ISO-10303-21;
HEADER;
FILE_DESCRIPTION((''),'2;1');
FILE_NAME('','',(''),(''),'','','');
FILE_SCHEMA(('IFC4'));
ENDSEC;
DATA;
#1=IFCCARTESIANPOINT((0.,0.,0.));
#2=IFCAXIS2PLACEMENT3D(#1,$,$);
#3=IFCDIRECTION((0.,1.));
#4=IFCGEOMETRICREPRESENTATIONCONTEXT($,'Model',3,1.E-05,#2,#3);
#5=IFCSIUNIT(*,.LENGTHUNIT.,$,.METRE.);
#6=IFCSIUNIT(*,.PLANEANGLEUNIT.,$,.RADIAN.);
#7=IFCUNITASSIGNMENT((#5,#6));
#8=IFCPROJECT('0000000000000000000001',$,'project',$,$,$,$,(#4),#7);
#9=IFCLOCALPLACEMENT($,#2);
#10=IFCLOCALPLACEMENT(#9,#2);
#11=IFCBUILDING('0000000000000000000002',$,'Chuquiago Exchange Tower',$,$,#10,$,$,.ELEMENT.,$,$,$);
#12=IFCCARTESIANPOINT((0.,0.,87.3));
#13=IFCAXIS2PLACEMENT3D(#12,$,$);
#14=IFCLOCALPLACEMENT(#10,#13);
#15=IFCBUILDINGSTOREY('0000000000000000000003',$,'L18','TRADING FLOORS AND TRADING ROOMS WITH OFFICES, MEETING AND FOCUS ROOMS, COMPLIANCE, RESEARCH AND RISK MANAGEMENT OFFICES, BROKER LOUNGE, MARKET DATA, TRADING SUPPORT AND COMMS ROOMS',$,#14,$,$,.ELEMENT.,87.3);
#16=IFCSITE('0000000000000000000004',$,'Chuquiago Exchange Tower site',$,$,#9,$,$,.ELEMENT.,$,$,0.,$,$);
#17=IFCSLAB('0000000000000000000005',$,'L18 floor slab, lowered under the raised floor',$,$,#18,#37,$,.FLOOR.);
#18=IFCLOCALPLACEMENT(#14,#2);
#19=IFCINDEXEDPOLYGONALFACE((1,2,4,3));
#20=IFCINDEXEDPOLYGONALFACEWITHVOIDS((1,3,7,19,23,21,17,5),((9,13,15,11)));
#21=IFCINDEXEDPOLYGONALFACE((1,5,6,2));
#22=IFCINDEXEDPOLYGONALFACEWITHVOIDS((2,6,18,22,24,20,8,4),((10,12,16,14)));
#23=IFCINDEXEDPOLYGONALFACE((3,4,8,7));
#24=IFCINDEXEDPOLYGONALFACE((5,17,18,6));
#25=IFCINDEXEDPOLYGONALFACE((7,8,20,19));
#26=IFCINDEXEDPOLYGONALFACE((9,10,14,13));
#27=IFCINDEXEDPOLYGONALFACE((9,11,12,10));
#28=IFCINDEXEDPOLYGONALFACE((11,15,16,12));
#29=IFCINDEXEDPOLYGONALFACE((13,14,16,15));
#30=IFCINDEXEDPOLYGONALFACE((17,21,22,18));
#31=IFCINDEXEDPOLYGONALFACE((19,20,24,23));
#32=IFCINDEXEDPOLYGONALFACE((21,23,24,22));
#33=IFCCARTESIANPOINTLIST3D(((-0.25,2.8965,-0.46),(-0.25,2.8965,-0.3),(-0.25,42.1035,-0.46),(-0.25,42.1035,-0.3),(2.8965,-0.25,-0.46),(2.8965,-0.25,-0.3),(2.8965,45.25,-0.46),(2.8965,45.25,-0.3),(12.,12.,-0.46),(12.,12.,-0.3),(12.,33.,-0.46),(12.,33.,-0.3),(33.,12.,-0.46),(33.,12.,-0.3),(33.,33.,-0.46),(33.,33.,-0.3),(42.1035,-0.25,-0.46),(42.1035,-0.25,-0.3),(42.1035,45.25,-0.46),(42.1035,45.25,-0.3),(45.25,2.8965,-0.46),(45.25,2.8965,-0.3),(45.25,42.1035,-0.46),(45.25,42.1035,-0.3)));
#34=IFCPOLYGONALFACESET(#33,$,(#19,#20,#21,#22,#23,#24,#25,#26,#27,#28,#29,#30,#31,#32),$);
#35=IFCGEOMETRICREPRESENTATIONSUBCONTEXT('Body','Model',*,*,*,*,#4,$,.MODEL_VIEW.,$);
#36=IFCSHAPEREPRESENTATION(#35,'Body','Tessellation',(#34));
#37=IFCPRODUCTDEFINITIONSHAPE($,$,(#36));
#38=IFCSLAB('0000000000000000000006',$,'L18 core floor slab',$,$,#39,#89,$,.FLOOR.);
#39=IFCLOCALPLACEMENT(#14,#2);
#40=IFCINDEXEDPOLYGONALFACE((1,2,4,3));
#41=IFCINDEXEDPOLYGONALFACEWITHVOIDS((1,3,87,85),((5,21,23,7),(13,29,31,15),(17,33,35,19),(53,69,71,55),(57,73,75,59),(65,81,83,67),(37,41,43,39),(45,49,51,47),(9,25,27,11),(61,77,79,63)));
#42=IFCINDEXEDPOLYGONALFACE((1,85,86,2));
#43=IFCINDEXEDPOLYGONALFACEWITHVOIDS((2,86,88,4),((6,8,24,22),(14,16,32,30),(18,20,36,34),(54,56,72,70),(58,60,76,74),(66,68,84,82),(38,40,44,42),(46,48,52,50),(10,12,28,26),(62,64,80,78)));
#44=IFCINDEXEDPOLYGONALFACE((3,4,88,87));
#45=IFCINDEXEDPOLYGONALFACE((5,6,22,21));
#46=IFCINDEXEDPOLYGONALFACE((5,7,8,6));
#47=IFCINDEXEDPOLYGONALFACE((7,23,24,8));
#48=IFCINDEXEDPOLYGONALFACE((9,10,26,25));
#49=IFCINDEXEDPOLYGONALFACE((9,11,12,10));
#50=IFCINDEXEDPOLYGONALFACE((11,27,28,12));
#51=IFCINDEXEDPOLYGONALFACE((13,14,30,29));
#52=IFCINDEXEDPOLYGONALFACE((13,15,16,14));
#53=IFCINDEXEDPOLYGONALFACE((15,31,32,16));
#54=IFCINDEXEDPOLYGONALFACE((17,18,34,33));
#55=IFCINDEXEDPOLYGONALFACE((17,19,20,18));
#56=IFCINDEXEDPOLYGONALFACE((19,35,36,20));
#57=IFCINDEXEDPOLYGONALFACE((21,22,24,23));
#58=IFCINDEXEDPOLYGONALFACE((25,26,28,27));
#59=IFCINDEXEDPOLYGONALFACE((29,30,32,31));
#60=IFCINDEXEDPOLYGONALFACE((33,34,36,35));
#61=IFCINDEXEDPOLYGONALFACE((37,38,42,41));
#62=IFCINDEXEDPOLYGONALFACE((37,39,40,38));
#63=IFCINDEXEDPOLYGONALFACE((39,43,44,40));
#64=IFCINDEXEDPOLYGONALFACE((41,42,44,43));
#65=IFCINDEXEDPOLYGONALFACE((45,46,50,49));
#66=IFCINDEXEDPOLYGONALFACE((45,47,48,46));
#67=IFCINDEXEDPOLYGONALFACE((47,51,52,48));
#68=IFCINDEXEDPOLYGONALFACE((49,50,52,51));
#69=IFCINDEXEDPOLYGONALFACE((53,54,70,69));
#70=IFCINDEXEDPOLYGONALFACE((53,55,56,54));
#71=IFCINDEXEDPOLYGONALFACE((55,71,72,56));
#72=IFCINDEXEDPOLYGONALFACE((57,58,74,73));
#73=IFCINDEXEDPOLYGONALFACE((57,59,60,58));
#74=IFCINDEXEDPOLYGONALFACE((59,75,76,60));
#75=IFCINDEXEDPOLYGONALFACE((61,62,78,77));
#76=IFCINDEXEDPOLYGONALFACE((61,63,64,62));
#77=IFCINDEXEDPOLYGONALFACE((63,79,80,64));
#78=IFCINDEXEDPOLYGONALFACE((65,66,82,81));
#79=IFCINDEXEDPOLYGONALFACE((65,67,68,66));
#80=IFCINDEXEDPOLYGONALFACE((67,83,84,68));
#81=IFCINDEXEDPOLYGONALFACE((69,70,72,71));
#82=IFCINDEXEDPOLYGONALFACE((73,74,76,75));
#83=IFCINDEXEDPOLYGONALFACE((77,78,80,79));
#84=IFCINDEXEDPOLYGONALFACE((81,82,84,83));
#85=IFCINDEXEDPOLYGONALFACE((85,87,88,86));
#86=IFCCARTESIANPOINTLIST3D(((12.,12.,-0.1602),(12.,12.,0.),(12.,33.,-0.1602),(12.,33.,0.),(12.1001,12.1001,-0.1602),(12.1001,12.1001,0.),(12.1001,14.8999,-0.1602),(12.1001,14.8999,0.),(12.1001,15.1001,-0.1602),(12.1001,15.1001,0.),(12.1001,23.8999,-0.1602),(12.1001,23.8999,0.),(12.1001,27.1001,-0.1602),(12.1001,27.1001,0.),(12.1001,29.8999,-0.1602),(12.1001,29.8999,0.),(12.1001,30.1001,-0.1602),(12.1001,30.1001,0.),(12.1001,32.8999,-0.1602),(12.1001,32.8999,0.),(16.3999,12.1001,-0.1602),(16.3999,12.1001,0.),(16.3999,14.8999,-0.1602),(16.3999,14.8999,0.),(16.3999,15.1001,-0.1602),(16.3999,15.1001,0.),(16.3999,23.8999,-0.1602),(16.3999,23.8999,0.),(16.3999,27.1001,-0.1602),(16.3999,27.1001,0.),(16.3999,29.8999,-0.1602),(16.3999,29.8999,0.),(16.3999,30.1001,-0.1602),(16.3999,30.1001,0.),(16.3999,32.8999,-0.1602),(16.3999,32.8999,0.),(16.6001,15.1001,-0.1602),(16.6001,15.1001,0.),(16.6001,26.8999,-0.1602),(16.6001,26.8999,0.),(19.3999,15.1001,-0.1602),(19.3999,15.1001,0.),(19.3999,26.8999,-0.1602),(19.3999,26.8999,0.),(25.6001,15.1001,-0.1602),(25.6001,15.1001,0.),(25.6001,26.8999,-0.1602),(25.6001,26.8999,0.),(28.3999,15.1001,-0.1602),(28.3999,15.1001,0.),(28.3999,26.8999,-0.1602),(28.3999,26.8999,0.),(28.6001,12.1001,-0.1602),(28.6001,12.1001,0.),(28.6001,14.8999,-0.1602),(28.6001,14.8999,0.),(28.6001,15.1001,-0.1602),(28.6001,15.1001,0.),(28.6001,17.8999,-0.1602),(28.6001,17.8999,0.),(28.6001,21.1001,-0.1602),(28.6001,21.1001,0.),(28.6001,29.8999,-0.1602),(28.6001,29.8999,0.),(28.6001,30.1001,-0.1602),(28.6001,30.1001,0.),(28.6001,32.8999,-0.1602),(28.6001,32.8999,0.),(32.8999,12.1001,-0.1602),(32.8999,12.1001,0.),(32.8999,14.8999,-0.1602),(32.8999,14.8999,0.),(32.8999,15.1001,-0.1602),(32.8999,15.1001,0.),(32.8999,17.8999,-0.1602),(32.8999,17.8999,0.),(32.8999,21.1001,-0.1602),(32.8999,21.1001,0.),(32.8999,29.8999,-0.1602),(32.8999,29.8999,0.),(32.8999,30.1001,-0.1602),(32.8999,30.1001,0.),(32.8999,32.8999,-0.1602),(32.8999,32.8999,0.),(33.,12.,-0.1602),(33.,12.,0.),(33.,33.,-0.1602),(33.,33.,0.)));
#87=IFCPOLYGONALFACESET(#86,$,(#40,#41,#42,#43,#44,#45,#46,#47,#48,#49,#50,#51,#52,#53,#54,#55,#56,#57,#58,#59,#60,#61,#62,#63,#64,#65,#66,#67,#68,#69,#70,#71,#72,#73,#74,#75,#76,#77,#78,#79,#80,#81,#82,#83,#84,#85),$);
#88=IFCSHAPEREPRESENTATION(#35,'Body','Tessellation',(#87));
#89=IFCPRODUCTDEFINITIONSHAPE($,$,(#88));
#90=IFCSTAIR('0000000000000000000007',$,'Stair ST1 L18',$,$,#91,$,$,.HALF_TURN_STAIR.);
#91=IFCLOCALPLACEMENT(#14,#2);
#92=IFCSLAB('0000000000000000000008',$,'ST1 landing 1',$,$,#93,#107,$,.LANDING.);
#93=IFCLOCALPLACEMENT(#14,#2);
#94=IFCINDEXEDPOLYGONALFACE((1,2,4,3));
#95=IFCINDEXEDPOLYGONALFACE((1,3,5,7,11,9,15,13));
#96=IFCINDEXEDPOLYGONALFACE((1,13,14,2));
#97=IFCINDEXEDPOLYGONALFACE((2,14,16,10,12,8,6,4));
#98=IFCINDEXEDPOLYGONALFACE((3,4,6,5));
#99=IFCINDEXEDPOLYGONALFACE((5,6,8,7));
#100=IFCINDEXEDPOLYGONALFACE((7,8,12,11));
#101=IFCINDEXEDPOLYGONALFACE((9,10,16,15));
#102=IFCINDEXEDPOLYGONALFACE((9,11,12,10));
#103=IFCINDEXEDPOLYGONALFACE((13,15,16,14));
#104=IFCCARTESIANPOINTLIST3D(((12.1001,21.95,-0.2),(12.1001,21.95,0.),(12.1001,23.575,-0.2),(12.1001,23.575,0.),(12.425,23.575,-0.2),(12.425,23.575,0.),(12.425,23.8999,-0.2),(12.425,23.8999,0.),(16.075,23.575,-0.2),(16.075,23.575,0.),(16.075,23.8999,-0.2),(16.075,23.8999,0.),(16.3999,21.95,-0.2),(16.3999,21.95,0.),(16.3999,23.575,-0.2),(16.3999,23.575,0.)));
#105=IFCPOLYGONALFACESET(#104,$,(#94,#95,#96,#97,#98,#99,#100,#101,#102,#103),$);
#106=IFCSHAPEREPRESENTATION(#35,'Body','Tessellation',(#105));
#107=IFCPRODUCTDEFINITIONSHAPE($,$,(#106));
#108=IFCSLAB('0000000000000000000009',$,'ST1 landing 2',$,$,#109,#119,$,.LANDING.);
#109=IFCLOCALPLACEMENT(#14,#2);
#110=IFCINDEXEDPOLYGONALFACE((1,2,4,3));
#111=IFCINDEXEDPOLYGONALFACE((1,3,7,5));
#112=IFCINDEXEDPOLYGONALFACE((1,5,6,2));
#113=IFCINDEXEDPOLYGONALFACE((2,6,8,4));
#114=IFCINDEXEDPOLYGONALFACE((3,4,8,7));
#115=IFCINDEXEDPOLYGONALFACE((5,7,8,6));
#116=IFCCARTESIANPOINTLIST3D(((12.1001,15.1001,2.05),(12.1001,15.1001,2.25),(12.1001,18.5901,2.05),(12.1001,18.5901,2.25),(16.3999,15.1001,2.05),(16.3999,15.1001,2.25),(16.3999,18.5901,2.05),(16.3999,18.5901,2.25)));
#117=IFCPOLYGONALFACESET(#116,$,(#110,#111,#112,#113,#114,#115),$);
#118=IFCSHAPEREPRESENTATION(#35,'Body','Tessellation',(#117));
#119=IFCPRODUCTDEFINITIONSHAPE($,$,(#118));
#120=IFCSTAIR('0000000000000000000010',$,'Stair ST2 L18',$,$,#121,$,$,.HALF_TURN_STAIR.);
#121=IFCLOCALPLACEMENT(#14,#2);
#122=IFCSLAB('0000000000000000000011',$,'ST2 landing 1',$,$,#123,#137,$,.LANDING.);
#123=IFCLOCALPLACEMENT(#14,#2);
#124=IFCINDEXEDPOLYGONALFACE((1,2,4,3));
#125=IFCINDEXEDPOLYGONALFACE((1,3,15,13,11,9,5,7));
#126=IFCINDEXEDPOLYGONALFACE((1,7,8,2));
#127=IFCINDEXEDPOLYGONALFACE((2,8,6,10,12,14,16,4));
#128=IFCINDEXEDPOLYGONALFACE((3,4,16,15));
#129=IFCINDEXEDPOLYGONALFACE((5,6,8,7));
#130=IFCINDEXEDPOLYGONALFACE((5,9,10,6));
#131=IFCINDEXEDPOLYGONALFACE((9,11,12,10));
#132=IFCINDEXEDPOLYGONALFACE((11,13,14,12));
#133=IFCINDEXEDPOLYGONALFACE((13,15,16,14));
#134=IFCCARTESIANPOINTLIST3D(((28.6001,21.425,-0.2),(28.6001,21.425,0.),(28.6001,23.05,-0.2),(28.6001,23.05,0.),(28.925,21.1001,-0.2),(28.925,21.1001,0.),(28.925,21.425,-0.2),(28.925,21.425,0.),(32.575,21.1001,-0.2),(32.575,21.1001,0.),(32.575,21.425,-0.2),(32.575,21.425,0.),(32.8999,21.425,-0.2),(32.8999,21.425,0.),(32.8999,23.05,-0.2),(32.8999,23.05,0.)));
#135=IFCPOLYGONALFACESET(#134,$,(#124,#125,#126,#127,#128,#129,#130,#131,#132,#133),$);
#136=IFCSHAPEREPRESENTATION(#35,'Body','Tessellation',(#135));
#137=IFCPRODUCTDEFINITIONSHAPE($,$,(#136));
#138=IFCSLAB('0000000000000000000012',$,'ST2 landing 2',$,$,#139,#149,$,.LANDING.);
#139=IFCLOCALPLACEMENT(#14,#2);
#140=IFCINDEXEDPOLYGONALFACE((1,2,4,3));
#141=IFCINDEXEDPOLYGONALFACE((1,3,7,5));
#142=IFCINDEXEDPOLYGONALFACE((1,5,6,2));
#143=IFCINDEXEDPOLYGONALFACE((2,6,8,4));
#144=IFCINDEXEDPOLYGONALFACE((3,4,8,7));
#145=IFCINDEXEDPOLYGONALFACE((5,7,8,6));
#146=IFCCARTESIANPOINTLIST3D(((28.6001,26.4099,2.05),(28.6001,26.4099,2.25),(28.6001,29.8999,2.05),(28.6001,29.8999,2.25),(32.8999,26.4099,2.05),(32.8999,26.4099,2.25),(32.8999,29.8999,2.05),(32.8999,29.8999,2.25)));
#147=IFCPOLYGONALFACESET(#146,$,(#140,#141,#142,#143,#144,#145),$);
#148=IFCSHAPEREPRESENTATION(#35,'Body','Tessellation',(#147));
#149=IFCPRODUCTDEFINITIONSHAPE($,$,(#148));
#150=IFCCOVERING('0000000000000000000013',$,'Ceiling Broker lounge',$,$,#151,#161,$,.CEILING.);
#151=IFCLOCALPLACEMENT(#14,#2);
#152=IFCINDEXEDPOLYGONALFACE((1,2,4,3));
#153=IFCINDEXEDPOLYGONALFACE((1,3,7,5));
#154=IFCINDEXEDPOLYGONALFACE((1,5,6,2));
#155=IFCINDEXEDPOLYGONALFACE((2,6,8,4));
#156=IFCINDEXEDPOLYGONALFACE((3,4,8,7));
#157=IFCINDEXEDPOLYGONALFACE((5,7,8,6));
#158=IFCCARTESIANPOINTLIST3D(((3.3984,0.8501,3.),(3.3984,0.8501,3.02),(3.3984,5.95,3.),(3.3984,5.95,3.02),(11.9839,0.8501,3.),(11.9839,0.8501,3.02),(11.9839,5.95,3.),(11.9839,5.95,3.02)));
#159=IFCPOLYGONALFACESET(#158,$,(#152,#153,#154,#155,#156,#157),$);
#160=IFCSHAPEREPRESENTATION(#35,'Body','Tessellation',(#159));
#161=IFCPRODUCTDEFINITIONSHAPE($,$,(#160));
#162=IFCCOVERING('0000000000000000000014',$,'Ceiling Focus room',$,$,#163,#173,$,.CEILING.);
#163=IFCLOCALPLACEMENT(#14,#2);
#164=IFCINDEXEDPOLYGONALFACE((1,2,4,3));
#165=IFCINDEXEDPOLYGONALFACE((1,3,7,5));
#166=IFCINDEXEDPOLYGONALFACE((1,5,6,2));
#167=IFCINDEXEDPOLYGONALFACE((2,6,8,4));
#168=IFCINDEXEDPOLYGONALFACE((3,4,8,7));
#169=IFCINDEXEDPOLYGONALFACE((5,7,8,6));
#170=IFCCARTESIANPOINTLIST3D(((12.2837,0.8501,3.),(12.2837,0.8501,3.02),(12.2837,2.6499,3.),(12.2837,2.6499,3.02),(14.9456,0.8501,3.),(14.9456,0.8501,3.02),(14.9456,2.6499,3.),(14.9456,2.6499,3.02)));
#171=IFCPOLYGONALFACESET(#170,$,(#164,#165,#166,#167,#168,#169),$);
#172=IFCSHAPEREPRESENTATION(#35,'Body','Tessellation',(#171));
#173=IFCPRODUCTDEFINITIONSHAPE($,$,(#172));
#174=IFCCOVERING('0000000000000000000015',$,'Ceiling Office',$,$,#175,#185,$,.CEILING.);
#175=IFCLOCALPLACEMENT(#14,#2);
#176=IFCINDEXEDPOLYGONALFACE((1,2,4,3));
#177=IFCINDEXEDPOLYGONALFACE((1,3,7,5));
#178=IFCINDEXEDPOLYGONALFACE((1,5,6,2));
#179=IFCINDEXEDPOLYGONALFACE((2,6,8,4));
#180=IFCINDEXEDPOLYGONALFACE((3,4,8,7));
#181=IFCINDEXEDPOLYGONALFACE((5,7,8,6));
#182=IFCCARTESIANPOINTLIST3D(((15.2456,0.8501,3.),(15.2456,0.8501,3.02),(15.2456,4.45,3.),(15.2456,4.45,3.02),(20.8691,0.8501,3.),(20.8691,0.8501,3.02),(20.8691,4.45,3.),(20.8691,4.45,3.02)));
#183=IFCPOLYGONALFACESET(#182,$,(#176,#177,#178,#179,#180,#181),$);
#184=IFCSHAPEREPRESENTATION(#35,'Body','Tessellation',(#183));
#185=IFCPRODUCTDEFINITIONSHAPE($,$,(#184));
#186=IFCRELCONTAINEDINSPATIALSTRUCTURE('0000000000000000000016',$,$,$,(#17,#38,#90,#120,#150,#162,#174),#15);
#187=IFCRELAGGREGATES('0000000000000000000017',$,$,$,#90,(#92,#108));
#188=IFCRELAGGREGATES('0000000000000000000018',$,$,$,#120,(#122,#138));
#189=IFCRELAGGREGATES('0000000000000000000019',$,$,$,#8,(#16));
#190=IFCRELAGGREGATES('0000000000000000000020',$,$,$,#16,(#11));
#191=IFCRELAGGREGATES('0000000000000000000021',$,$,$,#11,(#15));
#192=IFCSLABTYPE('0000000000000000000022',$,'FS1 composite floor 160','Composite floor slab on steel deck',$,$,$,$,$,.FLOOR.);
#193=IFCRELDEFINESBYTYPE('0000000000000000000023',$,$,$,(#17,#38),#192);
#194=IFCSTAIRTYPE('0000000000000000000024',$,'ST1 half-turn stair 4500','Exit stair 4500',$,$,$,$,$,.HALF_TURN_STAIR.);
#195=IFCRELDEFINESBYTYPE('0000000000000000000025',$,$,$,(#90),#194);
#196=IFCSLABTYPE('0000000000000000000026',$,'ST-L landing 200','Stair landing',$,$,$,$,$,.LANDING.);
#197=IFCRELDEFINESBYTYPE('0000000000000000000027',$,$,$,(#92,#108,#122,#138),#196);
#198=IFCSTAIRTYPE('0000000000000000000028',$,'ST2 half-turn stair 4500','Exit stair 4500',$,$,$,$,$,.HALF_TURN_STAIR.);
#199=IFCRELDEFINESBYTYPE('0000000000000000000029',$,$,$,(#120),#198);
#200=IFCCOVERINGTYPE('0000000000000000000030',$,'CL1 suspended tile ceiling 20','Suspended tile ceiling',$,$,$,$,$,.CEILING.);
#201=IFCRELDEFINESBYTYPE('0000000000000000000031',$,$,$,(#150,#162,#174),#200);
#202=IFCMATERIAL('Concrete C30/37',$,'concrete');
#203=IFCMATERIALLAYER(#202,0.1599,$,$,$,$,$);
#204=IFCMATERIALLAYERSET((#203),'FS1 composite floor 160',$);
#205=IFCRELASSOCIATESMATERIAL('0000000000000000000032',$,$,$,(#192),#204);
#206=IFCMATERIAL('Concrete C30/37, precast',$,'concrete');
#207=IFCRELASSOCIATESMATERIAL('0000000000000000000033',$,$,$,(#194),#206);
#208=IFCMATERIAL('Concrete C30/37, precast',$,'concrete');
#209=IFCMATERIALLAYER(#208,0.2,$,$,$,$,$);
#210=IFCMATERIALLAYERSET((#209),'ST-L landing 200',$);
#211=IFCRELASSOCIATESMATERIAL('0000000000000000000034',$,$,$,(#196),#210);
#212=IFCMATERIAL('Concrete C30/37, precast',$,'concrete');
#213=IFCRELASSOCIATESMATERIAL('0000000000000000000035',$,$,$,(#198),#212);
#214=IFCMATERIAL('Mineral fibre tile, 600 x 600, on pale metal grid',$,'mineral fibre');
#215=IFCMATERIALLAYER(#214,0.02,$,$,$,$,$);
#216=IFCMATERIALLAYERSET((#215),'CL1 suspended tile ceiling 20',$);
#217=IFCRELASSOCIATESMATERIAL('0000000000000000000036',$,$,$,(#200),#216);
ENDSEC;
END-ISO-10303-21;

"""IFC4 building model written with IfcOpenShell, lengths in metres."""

from ifc_helpers import new_model, si_unit, direction, frame, origin, place, context, subcontext, project, spatial, polyline, outline, extrude, material, layer, layer_set, type_object, element, aggregate, save


model = new_model("IFC4")

# Units and contexts
model_context = context("Model", 3, precision=1e-05, world=origin(), true_north=direction((0.0, 1.0)))
body_context = subcontext(model_context, "Body", "Model", "MODEL_VIEW")
ifc_project = project(units=[si_unit("LENGTHUNIT", "METRE"), si_unit("PLANEANGLEUNIT", "RADIAN")], contexts=[model_context])

# Site, building, storey
site_placement = place(None, origin())
site = spatial("IfcSite", under=ifc_project, at=site_placement, Name="Chuquiago Exchange Tower site", CompositionType="ELEMENT", RefElevation=0.0)
building_placement = place(site_placement, origin())
building = spatial("IfcBuilding", under=site, at=building_placement, Name="Chuquiago Exchange Tower", CompositionType="ELEMENT")
storey_placement = place(building_placement, frame((0.0, 0.0, 87.3)))
storey = spatial("IfcBuildingStorey", under=building, at=storey_placement, Name="L18", Description="TRADING FLOORS AND TRADING ROOMS WITH OFFICES, MEETING AND FOCUS ROOMS, COMPLIANCE, RESEARCH AND RISK MANAGEMENT OFFICES, BROKER LOUNGE, MARKET DATA, TRADING SUPPORT AND COMMS ROOMS", CompositionType="ELEMENT", Elevation=87.3)

# Slabs
ifc_material_1 = material(Name="Concrete C30/37", Category="concrete")
ifc_layer_1 = layer(ifc_material_1, 0.1599)
ifc_layer_set_1 = layer_set([ifc_layer_1], Name="FS1 composite floor 160")
slab_type_1 = type_object("IfcSlabType", Name="FS1 composite floor 160", Description="Composite floor slab on steel deck", PredefinedType="FLOOR", material=ifc_layer_set_1)
slab_1_placement = place(storey_placement, frame((0.0, 0.0, -0.46)))
element("IfcSlab", 1, at=slab_1_placement, inside=storey, type_object=slab_type_1, Name="L18 floor slab, lowered under the raised floor", PredefinedType="FLOOR", context=body_context, shape_type="SweptSolid", body=[
    extrude(outline(polyline([(-0.25, 2.8965), (-0.25, 42.1035), (2.8965, 45.25), (42.1035, 45.25), (45.25, 42.1035), (45.25, 2.8965), (42.1035, -0.25), (2.8965, -0.25), (-0.25, 2.8965)]), holes=[polyline([(33.0, 33.0), (12.0, 33.0), (12.0, 12.0), (33.0, 12.0), (33.0, 33.0)])]), origin(), (0.0, 0.0, 1.0), 0.1599),
])
slab_2_placement = place(storey_placement, frame((0.0, 0.0, -0.1602)))
element("IfcSlab", 2, at=slab_2_placement, inside=storey, type_object=slab_type_1, Name="L18 core floor slab", PredefinedType="FLOOR", context=body_context, shape_type="SweptSolid", body=[
    extrude(outline(polyline([(33.0, 12.0), (33.0, 33.0), (12.0, 33.0), (12.0, 12.0), (33.0, 12.0)]), holes=[polyline([(16.3999, 15.1001), (12.1001, 15.1001), (12.1001, 23.8999), (16.3999, 23.8999), (16.3999, 15.1001)]), polyline([(32.8999, 21.1001), (28.6001, 21.1001), (28.6001, 29.8999), (32.8999, 29.8999), (32.8999, 21.1001)]), polyline([(16.3999, 12.1001), (12.1001, 12.1001), (12.1001, 14.8999), (16.3999, 14.8999), (16.3999, 12.1001)]), polyline([(16.3999, 30.1001), (12.1001, 30.1001), (12.1001, 32.8999), (16.3999, 32.8999), (16.3999, 30.1001)]), polyline([(32.8999, 12.1001), (28.6001, 12.1001), (28.6001, 14.8999), (32.8999, 14.8999), (32.8999, 12.1001)]), polyline([(32.8999, 30.1001), (28.6001, 30.1001), (28.6001, 32.8999), (32.8999, 32.8999), (32.8999, 30.1001)]), polyline([(16.3999, 27.1001), (12.1001, 27.1001), (12.1001, 29.8999), (16.3999, 29.8999), (16.3999, 27.1001)]), polyline([(32.8999, 15.1001), (28.6001, 15.1001), (28.6001, 17.8999), (32.8999, 17.8999), (32.8999, 15.1001)]), polyline([(19.3999, 15.1001), (16.6001, 15.1001), (16.6001, 26.8999), (19.3999, 26.8999), (19.3999, 15.1001)]), polyline([(28.3999, 15.1001), (25.6001, 15.1001), (25.6001, 26.8999), (28.3999, 26.8999), (28.3999, 15.1001)])]), origin(), (0.0, 0.0, 1.0), 0.1602),
])

# Stairs, slabs
ifc_material_2 = material(Name="Concrete C30/37, precast", Category="concrete")
stair_type_1 = type_object("IfcStairType", Name="ST1 half-turn stair 4500", Description="Exit stair 4500", PredefinedType="HALF_TURN_STAIR", material=ifc_material_2)
stair_1_placement = place(storey_placement, origin())
stair_1 = element("IfcStair", 3, at=stair_1_placement, inside=storey, type_object=stair_type_1, Name="Stair ST1 L18", PredefinedType="HALF_TURN_STAIR")
ifc_material_3 = material(Name="Concrete C30/37, precast", Category="concrete")
ifc_layer_2 = layer(ifc_material_3, 0.2)
ifc_layer_set_2 = layer_set([ifc_layer_2], Name="ST-L landing 200")
slab_type_2 = type_object("IfcSlabType", Name="ST-L landing 200", Description="Stair landing", PredefinedType="LANDING", material=ifc_layer_set_2)
slab_3_placement = place(storey_placement, frame((0.0, 0.0, -0.2)))
slab_3 = element("IfcSlab", 4, at=slab_3_placement, type_object=slab_type_2, Name="ST1 landing 1", PredefinedType="LANDING", context=body_context, shape_type="SweptSolid", body=[
    extrude(outline(polyline([(12.425, 23.8999), (16.075, 23.8999), (16.075, 23.575), (16.3999, 23.575), (16.3999, 21.95), (12.1001, 21.95), (12.1001, 23.575), (12.425, 23.575), (12.425, 23.8999)])), origin(), (0.0, 0.0, 1.0), 0.2),
])
slab_4_placement = place(storey_placement, frame((0.0, 0.0, 2.05)))
slab_4 = element("IfcSlab", 5, at=slab_4_placement, type_object=slab_type_2, Name="ST1 landing 2", PredefinedType="LANDING", context=body_context, shape_type="SweptSolid", body=[
    extrude(outline(polyline([(12.1001, 18.5901), (16.3999, 18.5901), (16.3999, 15.1001), (12.1001, 15.1001), (12.1001, 18.5901)])), origin(), (0.0, 0.0, 1.0), 0.2),
])
aggregate(stair_1, [slab_3, slab_4])
ifc_material_4 = material(Name="Concrete C30/37, precast", Category="concrete")
stair_type_2 = type_object("IfcStairType", Name="ST2 half-turn stair 4500", Description="Exit stair 4500", PredefinedType="HALF_TURN_STAIR", material=ifc_material_4)
stair_2_placement = place(storey_placement, origin())
stair_2 = element("IfcStair", 6, at=stair_2_placement, inside=storey, type_object=stair_type_2, Name="Stair ST2 L18", PredefinedType="HALF_TURN_STAIR")
slab_5_placement = place(storey_placement, frame((0.0, 0.0, -0.2)))
slab_5 = element("IfcSlab", 7, at=slab_5_placement, type_object=slab_type_2, Name="ST2 landing 1", PredefinedType="LANDING", context=body_context, shape_type="SweptSolid", body=[
    extrude(outline(polyline([(32.575, 21.425), (32.575, 21.1001), (28.925, 21.1001), (28.925, 21.425), (28.6001, 21.425), (28.6001, 23.05), (32.8999, 23.05), (32.8999, 21.425), (32.575, 21.425)])), origin(), (0.0, 0.0, 1.0), 0.2),
])
slab_6_placement = place(storey_placement, frame((0.0, 0.0, 2.05)))
slab_6 = element("IfcSlab", 8, at=slab_6_placement, type_object=slab_type_2, Name="ST2 landing 2", PredefinedType="LANDING", context=body_context, shape_type="SweptSolid", body=[
    extrude(outline(polyline([(28.6001, 29.8999), (32.8999, 29.8999), (32.8999, 26.4099), (28.6001, 26.4099), (28.6001, 29.8999)])), origin(), (0.0, 0.0, 1.0), 0.2),
])
aggregate(stair_2, [slab_5, slab_6])

# Coverings
ifc_material_5 = material(Name="Mineral fibre tile, 600 x 600, on pale metal grid", Category="mineral fibre")
ifc_layer_3 = layer(ifc_material_5, 0.02)
ifc_layer_set_3 = layer_set([ifc_layer_3], Name="CL1 suspended tile ceiling 20")
covering_type_1 = type_object("IfcCoveringType", Name="CL1 suspended tile ceiling 20", Description="Suspended tile ceiling", PredefinedType="CEILING", material=ifc_layer_set_3)
covering_1_placement = place(storey_placement, frame((0.0, 0.0, 3.0)))
element("IfcCovering", 9, at=covering_1_placement, inside=storey, type_object=covering_type_1, Name="Ceiling Broker lounge", PredefinedType="CEILING", context=body_context, shape_type="SweptSolid", body=[
    extrude(outline(polyline([(3.3984, 5.95), (11.9839, 5.95), (11.9839, 0.8501), (3.3984, 0.8501), (3.3984, 5.95)])), origin(), (0.0, 0.0, 1.0), 0.02),
])
covering_2_placement = place(storey_placement, frame((0.0, 0.0, 3.0)))
element("IfcCovering", 10, at=covering_2_placement, inside=storey, type_object=covering_type_1, Name="Ceiling Focus room", PredefinedType="CEILING", context=body_context, shape_type="SweptSolid", body=[
    extrude(outline(polyline([(12.2837, 2.6499), (14.9456, 2.6499), (14.9456, 0.8501), (12.2837, 0.8501), (12.2837, 2.6499)])), origin(), (0.0, 0.0, 1.0), 0.02),
])
covering_3_placement = place(storey_placement, frame((0.0, 0.0, 3.0)))
element("IfcCovering", 11, at=covering_3_placement, inside=storey, type_object=covering_type_1, Name="Ceiling Office", PredefinedType="CEILING", context=body_context, shape_type="SweptSolid", body=[
    extrude(outline(polyline([(15.2456, 4.45), (20.8691, 4.45), (20.8691, 0.8501), (15.2456, 0.8501), (15.2456, 4.45)])), origin(), (0.0, 0.0, 1.0), 0.02),
])

save(model, "model.ifc")
